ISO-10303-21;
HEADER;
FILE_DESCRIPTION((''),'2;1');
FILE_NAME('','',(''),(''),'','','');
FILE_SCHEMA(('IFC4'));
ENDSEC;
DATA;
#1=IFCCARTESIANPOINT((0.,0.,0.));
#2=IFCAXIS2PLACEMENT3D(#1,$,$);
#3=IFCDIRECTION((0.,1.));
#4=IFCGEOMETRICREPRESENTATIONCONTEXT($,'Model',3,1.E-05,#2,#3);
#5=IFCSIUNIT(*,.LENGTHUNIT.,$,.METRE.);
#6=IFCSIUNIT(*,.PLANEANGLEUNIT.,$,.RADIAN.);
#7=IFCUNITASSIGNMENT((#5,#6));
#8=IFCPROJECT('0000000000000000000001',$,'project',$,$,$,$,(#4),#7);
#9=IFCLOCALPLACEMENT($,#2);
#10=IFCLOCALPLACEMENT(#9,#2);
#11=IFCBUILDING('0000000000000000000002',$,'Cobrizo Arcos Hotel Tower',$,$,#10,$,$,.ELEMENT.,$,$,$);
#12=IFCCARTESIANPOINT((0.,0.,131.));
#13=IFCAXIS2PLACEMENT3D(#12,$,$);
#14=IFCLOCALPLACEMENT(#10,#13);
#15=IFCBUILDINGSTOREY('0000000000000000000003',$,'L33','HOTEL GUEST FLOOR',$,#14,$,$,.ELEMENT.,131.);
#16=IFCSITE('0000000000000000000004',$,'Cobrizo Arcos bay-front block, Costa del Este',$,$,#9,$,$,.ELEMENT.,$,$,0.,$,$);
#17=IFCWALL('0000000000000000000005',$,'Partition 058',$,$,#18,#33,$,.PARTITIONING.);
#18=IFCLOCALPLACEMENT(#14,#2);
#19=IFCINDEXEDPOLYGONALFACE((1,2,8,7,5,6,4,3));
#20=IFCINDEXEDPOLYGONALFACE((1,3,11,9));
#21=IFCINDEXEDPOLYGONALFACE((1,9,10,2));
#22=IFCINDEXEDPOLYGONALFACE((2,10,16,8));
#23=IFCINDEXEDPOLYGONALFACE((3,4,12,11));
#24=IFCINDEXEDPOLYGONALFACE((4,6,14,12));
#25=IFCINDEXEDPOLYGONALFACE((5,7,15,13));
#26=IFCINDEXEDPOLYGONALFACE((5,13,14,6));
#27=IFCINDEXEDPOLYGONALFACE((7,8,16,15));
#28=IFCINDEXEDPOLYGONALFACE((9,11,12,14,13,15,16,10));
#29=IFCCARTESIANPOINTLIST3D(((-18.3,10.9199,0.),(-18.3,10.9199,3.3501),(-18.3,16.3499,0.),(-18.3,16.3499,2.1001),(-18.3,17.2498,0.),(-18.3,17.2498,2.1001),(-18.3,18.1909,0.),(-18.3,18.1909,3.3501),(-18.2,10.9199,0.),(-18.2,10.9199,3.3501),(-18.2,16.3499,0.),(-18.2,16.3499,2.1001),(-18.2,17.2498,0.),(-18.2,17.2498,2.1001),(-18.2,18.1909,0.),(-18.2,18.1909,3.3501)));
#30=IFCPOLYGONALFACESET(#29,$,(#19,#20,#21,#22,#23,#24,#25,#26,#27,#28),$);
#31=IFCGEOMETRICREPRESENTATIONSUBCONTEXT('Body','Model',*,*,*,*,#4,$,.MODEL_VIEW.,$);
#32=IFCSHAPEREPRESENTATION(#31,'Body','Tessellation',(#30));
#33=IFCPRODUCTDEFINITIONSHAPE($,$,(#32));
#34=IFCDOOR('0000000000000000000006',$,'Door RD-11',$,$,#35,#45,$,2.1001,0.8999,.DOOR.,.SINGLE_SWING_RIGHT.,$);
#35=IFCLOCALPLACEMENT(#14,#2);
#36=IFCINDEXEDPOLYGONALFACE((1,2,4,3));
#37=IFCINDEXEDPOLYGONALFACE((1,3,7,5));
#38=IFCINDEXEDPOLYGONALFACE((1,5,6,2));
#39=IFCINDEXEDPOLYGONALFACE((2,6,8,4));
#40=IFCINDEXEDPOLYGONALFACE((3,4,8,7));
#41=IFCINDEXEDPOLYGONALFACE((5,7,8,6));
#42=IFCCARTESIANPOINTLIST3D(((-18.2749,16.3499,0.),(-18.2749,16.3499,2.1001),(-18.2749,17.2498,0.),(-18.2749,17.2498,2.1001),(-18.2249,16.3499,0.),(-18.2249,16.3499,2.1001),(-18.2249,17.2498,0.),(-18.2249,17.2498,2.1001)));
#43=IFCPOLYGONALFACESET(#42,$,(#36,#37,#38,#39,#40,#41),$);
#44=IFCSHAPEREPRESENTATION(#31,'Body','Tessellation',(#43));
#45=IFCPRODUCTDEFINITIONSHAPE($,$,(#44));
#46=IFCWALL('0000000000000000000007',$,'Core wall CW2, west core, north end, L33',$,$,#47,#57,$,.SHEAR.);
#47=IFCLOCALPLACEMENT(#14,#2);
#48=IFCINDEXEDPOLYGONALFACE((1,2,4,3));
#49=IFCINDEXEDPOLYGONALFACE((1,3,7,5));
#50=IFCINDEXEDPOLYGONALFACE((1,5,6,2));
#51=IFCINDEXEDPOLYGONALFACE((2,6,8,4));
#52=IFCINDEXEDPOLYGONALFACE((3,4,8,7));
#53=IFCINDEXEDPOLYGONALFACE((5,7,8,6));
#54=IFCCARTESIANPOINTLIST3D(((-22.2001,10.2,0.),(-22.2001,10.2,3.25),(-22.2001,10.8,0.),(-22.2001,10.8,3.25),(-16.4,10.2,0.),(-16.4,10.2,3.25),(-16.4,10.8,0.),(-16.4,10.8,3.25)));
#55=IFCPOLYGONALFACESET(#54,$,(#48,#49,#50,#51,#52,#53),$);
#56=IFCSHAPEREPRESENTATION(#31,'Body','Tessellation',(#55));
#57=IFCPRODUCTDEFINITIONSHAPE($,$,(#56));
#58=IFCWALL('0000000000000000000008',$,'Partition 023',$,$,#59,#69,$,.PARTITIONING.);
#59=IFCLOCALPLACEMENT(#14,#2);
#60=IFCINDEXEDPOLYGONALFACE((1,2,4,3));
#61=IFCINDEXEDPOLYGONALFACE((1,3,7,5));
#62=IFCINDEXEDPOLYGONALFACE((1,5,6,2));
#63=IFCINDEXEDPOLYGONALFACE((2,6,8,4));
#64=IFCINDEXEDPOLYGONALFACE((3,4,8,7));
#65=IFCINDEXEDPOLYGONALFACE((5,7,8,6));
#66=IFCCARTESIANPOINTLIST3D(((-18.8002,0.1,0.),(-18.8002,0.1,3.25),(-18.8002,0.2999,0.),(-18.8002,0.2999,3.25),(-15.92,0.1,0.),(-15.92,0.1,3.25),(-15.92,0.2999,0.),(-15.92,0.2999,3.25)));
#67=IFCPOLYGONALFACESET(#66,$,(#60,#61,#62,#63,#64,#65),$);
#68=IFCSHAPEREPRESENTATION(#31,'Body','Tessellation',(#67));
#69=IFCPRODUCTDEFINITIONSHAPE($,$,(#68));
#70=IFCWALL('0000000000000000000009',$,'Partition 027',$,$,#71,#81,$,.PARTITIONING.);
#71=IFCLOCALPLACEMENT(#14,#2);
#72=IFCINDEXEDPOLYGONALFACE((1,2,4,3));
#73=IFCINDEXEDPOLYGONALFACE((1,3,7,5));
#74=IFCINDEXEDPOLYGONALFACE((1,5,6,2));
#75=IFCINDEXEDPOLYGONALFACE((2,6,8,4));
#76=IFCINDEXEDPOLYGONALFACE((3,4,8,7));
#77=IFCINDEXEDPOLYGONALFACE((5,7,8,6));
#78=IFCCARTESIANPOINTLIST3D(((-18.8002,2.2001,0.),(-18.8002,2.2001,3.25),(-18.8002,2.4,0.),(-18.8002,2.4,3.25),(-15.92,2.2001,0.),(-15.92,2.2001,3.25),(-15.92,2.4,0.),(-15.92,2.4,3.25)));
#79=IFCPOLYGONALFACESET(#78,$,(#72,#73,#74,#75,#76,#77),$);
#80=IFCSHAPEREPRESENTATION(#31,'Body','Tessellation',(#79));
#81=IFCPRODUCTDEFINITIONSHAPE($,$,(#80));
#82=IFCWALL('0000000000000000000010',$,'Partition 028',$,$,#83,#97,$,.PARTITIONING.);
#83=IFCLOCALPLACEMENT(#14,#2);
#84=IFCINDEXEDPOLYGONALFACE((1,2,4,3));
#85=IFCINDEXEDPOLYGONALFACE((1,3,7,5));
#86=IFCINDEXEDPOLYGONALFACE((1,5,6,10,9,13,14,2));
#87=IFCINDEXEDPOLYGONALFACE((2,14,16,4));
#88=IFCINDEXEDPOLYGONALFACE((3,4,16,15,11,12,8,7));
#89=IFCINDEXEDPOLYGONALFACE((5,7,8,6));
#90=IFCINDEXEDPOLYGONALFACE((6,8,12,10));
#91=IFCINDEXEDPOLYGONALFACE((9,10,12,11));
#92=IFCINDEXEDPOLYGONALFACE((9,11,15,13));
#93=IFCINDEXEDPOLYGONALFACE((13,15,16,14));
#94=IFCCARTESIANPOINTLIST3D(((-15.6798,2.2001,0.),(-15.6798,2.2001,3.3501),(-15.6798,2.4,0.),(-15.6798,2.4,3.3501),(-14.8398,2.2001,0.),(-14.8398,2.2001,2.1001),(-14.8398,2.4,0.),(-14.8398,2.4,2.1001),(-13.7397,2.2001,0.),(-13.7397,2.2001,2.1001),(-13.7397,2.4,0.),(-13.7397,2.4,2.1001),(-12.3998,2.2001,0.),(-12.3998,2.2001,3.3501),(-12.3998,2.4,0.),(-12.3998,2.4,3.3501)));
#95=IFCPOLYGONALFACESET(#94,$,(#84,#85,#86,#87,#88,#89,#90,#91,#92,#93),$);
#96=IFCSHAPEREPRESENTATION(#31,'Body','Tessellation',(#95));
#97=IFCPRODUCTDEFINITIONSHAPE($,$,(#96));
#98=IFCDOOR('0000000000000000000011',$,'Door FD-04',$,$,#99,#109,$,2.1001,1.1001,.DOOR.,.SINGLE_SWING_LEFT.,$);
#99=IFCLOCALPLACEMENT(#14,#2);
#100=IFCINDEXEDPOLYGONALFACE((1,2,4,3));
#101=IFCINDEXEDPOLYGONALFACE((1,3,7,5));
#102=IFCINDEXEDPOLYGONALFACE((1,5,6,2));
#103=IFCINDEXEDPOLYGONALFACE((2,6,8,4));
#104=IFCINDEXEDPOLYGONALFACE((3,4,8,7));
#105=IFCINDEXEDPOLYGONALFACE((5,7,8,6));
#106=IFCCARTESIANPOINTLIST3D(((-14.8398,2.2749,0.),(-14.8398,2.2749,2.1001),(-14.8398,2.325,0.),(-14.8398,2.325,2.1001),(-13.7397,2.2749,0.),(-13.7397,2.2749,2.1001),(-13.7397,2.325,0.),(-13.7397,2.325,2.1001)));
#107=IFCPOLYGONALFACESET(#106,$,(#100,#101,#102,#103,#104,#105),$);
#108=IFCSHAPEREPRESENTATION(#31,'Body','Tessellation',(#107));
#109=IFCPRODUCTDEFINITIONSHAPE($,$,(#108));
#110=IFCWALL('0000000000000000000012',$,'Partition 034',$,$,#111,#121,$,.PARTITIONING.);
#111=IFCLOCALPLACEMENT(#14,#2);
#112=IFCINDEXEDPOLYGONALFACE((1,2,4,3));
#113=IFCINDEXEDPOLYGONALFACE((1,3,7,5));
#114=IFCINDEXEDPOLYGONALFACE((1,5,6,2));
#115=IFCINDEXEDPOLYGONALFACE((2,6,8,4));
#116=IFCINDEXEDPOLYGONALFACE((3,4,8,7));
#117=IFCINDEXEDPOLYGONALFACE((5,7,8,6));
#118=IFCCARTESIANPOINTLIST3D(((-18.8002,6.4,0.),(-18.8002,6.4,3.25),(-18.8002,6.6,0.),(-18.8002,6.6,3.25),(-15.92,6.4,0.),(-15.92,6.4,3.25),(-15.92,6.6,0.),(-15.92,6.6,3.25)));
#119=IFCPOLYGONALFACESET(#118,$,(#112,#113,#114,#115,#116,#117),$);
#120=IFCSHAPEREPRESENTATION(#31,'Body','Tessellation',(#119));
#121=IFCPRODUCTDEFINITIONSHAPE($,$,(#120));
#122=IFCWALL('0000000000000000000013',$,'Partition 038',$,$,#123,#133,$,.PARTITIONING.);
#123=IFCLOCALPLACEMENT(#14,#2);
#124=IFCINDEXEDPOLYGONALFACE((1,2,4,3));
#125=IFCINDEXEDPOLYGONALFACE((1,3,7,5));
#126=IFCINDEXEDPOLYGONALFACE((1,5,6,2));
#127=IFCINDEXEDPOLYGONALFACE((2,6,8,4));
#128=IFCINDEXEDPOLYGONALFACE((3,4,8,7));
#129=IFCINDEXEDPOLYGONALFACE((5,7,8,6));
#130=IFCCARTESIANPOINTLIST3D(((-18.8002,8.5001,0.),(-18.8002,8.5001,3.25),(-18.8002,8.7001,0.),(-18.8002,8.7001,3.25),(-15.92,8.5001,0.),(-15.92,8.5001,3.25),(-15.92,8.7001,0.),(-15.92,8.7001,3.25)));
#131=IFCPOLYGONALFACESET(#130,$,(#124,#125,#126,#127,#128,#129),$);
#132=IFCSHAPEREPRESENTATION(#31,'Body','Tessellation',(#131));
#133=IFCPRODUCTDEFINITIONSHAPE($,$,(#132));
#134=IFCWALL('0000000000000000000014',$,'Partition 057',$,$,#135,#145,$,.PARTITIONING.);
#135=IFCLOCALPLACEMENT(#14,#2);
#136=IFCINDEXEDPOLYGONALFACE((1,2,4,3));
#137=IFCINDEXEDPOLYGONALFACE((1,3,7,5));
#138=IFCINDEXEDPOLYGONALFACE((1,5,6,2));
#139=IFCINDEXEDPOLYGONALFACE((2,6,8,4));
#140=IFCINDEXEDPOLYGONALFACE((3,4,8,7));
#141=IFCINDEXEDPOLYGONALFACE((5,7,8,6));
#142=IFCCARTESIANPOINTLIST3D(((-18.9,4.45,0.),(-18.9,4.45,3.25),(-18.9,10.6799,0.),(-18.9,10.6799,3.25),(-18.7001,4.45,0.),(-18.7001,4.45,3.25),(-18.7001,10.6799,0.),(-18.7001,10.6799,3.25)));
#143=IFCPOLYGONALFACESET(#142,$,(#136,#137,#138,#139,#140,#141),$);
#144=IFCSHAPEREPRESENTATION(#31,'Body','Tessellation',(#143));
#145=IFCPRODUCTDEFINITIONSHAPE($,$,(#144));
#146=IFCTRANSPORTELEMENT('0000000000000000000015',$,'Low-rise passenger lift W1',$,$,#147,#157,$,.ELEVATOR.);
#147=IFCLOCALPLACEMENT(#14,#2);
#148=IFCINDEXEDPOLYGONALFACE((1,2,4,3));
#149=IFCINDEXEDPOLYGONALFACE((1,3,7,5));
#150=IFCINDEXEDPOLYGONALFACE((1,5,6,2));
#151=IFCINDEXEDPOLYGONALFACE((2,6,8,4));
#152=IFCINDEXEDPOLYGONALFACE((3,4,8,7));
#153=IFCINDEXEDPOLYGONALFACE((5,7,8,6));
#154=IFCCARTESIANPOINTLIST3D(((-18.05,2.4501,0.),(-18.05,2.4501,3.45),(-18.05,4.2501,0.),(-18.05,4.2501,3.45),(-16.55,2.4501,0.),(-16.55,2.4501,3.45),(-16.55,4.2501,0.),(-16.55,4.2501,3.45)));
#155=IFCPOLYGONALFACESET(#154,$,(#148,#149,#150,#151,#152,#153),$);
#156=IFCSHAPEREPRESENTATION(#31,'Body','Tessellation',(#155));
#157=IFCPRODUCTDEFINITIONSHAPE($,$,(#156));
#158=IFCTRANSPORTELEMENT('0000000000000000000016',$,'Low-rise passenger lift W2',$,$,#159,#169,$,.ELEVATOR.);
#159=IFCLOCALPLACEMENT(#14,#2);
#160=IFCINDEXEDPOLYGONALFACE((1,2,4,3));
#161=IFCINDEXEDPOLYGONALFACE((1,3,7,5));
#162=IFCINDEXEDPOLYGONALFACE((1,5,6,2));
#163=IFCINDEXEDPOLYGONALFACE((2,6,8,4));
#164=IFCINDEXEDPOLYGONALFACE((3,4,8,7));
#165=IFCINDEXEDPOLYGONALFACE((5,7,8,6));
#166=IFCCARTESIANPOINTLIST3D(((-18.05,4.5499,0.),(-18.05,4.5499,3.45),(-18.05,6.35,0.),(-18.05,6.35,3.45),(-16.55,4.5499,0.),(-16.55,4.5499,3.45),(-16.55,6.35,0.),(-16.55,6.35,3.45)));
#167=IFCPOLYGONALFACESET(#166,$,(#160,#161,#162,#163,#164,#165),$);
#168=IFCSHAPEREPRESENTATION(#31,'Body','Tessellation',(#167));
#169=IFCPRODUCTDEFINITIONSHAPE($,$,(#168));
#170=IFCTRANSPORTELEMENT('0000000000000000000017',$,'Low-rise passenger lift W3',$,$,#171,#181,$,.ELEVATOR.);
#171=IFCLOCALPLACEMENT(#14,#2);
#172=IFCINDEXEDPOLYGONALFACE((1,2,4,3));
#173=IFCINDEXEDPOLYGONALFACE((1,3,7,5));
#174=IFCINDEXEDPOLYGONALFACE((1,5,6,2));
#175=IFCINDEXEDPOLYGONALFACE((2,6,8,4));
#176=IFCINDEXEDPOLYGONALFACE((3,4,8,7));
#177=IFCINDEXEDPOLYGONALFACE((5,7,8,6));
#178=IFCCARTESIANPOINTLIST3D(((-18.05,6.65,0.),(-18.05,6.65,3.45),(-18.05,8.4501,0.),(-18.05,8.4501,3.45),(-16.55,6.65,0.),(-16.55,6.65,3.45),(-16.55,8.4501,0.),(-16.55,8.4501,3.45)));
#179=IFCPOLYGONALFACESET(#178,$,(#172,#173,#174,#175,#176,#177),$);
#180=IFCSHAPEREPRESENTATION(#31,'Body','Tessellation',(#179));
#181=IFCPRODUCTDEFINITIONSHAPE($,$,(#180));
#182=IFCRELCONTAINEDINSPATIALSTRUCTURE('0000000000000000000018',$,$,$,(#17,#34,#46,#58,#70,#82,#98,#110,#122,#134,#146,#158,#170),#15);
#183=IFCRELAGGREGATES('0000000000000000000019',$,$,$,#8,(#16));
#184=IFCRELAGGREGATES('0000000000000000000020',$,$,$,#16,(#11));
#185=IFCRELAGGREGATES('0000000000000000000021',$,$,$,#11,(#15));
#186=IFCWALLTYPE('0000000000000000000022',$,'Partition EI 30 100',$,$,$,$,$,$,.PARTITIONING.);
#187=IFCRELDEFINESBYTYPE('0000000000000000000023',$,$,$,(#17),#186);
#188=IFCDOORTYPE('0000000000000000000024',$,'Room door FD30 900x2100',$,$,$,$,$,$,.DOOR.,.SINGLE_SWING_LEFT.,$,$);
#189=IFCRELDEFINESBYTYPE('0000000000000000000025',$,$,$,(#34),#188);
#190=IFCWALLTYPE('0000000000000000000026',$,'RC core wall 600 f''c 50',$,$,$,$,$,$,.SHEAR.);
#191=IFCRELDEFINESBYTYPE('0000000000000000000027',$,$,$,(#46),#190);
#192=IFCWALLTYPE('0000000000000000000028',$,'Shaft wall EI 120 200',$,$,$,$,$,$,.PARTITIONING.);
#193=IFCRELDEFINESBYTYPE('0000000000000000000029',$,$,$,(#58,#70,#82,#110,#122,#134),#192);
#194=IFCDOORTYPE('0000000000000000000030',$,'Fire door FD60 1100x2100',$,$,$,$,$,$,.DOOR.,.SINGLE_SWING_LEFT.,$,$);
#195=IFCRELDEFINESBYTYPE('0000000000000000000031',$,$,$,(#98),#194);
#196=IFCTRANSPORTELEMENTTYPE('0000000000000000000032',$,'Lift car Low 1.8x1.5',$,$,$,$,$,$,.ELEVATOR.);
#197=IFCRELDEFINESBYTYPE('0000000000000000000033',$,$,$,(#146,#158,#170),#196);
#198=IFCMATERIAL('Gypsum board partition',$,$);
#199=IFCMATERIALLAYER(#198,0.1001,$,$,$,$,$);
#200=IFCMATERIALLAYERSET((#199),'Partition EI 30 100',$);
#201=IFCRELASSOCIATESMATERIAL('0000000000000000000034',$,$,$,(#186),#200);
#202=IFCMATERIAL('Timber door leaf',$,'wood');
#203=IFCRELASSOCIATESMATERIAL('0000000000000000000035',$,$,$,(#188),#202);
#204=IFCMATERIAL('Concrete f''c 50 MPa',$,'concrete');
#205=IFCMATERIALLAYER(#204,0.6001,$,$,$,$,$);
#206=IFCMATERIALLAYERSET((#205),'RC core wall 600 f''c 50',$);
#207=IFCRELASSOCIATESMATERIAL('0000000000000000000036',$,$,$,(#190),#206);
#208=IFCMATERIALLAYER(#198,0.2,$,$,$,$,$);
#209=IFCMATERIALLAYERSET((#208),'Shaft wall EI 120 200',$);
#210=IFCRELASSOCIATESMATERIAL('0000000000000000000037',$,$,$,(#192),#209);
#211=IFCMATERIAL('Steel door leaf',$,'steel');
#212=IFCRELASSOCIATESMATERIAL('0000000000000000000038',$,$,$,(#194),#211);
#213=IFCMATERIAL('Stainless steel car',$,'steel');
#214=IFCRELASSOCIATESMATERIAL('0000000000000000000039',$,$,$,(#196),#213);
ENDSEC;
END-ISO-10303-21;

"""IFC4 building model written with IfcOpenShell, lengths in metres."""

from ifc_helpers import new_model, si_unit, direction, frame, frame_2d, origin, origin_2d, place, context, subcontext, project, spatial, rectangle, extrude, material, layer, layer_set, type_object, element, fill, save


model = new_model("IFC4")

# Units and contexts
model_context = context("Model", 3, precision=1e-05, world=origin(), true_north=direction((0.0, 1.0)))
body_context = subcontext(model_context, "Body", "Model", "MODEL_VIEW")
ifc_project = project(units=[si_unit("LENGTHUNIT", "METRE"), si_unit("PLANEANGLEUNIT", "RADIAN")], contexts=[model_context])

# Site, building, storey
site_placement = place(None, origin())
site = spatial("IfcSite", under=ifc_project, at=site_placement, Name="Cobrizo Arcos bay-front block, Costa del Este", CompositionType="ELEMENT", RefElevation=0.0)
building_placement = place(site_placement, origin())
building = spatial("IfcBuilding", under=site, at=building_placement, Name="Cobrizo Arcos Hotel Tower", CompositionType="ELEMENT")
storey_placement = place(building_placement, frame((0.0, 0.0, 131.0)))
storey = spatial("IfcBuildingStorey", under=building, at=storey_placement, Name="L33", Description="HOTEL GUEST FLOOR", CompositionType="ELEMENT", Elevation=131.0)

# Shared definitions
ifc_material_1 = material(Name="Gypsum board partition")

# Shared definitions
ifc_material_2 = material(Name="Timber door leaf", Category="wood")

# Wall, opening, door
ifc_layer_1 = layer(ifc_material_1, 0.1001)
ifc_layer_set_1 = layer_set([ifc_layer_1], Name="Partition EI 30 100")
wall_type_1 = type_object("IfcWallType", Name="Partition EI 30 100", PredefinedType="PARTITIONING", material=ifc_layer_set_1)
door_type_1 = type_object("IfcDoorType", Name="Room door FD30 900x2100", OperationType="SINGLE_SWING_LEFT", PredefinedType="DOOR", material=ifc_material_2)
wall_1_placement = place(storey_placement, frame((-18.25, 10.9199, 0.0), z_axis=(0.0, 0.0, 1.0), x_axis=(0.0, 1.0, 0.0)))
wall_1 = element("IfcWall", 1, at=wall_1_placement, inside=storey, type_object=wall_type_1, Name="Partition 058", PredefinedType="PARTITIONING", context=body_context, shape_type="SweptSolid", body=[
    extrude(rectangle(XDim=7.271, YDim=0.1001, at=frame_2d((3.6355, 0.0))), origin(), (0.0, 0.0, 1.0), 3.3501),
])
opening_1_placement = place(wall_1_placement, frame((5.4299, 0.0, 0.0)))
opening_1 = element("IfcOpeningElement", 2, at=opening_1_placement, cuts=wall_1, PredefinedType="OPENING", context=body_context, shape_type="SweptSolid", body=[
    extrude(rectangle(XDim=0.8999, YDim=2.1001, at=frame_2d((0.45, 1.05))), frame((0.0, 0.062, 0.0), z_axis=(0.0, -1.0, 0.0), x_axis=(1.0, 0.0, 0.0)), (0.0, 0.0, 1.0), 0.124),
])
door_1_placement = place(opening_1_placement, origin())
door_1 = element("IfcDoor", 3, at=door_1_placement, inside=storey, type_object=door_type_1, Name="Door RD-11", OperationType="SINGLE_SWING_RIGHT", OverallHeight=2.1001, OverallWidth=0.8999, PredefinedType="DOOR", context=body_context, shape_type="SweptSolid", body=[
    extrude(rectangle(XDim=0.8999, YDim=2.1001, at=frame_2d((0.45, 1.05))), frame((0.0, 0.0249, 0.0), z_axis=(0.0, -1.0, 0.0), x_axis=(1.0, 0.0, 0.0)), (0.0, 0.0, 1.0), 0.05),
])
fill(opening_1, door_1)

# Walls
ifc_material_3 = material(Name="Concrete f'c 50 MPa", Category="concrete")
ifc_layer_2 = layer(ifc_material_3, 0.6001)
ifc_layer_set_2 = layer_set([ifc_layer_2], Name="RC core wall 600 f'c 50")
wall_type_2 = type_object("IfcWallType", Name="RC core wall 600 f'c 50", PredefinedType="SHEAR", material=ifc_layer_set_2)
wall_2_placement = place(storey_placement, frame((-22.2, 10.5, 0.0), z_axis=(0.0, 0.0, 1.0), x_axis=(1.0, 0.0, 0.0)))
element("IfcWall", 4, at=wall_2_placement, inside=storey, type_object=wall_type_2, Name="Core wall CW2, west core, north end, L33", PredefinedType="SHEAR", context=body_context, shape_type="SweptSolid", body=[
    extrude(rectangle(XDim=5.8, YDim=0.6001, at=frame_2d((2.8999, 0.0))), origin(), (0.0, 0.0, 1.0), 3.25),
])
ifc_layer_3 = layer(ifc_material_1, 0.2)
ifc_layer_set_3 = layer_set([ifc_layer_3], Name="Shaft wall EI 120 200")
wall_type_3 = type_object("IfcWallType", Name="Shaft wall EI 120 200", PredefinedType="PARTITIONING", material=ifc_layer_set_3)
for number, where, z_axis, x_axis, name in (
    (5, (-18.8, 0.2, 0.0), (0.0, 0.0, 1.0), (1.0, 0.0, 0.0), "Partition 023"),
    (6, (-18.8, 2.3, 0.0), (0.0, 0.0, 1.0), (1.0, 0.0, 0.0), "Partition 027"),
):
    element("IfcWall", number, at=place(storey_placement, frame(where, z_axis=z_axis, x_axis=x_axis)), inside=storey, type_object=wall_type_3, Name=name, PredefinedType="PARTITIONING", context=body_context, shape_type="SweptSolid", body=[
        extrude(rectangle(XDim=2.8801, YDim=0.2, at=frame_2d((1.4399, 0.0))), origin(), (0.0, 0.0, 1.0), 3.25),
    ])

# Wall, opening, door
wall_3_placement = place(storey_placement, frame((-15.6799, 2.3, 0.0), z_axis=(0.0, 0.0, 1.0), x_axis=(1.0, 0.0, 0.0)))
wall_3 = element("IfcWall", 7, at=wall_3_placement, inside=storey, type_object=wall_type_3, Name="Partition 028", PredefinedType="PARTITIONING", context=body_context, shape_type="SweptSolid", body=[
    extrude(rectangle(XDim=3.28, YDim=0.2, at=frame_2d((1.6401, 0.0))), origin(), (0.0, 0.0, 1.0), 3.3501),
])
opening_2_placement = place(wall_3_placement, frame((0.8401, 0.0, 0.0)))
opening_2 = element("IfcOpeningElement", 8, at=opening_2_placement, cuts=wall_3, PredefinedType="OPENING", context=body_context, shape_type="SweptSolid", body=[
    extrude(rectangle(XDim=1.1001, YDim=2.1001, at=frame_2d((0.55, 1.05))), frame((0.0, 0.1121, 0.0), z_axis=(0.0, -1.0, 0.0), x_axis=(1.0, 0.0, 0.0)), (0.0, 0.0, 1.0), 0.2239),
])
ifc_material_4 = material(Name="Steel door leaf", Category="steel")
door_type_2 = type_object("IfcDoorType", Name="Fire door FD60 1100x2100", OperationType="SINGLE_SWING_LEFT", PredefinedType="DOOR", material=ifc_material_4)
door_2_placement = place(opening_2_placement, origin())
door_2 = element("IfcDoor", 9, at=door_2_placement, inside=storey, type_object=door_type_2, Name="Door FD-04", OperationType="SINGLE_SWING_LEFT", OverallHeight=2.1001, OverallWidth=1.1001, PredefinedType="DOOR", context=body_context, shape_type="SweptSolid", body=[
    extrude(rectangle(XDim=1.1001, YDim=2.1001, at=frame_2d((0.55, 1.05))), frame((0.0, 0.0249, 0.0), z_axis=(0.0, -1.0, 0.0), x_axis=(1.0, 0.0, 0.0)), (0.0, 0.0, 1.0), 0.05),
])
fill(opening_2, door_2)

# Walls
for number, where, z_axis, x_axis, name in (
    (10, (-18.8, 6.5, 0.0), (0.0, 0.0, 1.0), (1.0, 0.0, 0.0), "Partition 034"),
    (11, (-18.8, 8.6001, 0.0), (0.0, 0.0, 1.0), (1.0, 0.0, 0.0), "Partition 038"),
):
    element("IfcWall", number, at=place(storey_placement, frame(where, z_axis=z_axis, x_axis=x_axis)), inside=storey, type_object=wall_type_3, Name=name, PredefinedType="PARTITIONING", context=body_context, shape_type="SweptSolid", body=[
        extrude(rectangle(XDim=2.8801, YDim=0.2, at=frame_2d((1.4399, 0.0))), origin(), (0.0, 0.0, 1.0), 3.25),
    ])
wall_4_placement = place(storey_placement, frame((-18.8, 4.45, 0.0), z_axis=(0.0, 0.0, 1.0), x_axis=(0.0, 1.0, 0.0)))
element("IfcWall", 12, at=wall_4_placement, inside=storey, type_object=wall_type_3, Name="Partition 057", PredefinedType="PARTITIONING", context=body_context, shape_type="SweptSolid", body=[
    extrude(rectangle(XDim=6.23, YDim=0.2, at=frame_2d((3.115, 0.0))), origin(), (0.0, 0.0, 1.0), 3.25),
])

# Transport elements
ifc_material_5 = material(Name="Stainless steel car", Category="steel")
transport_element_type = type_object("IfcTransportElementType", Name="Lift car Low 1.8x1.5", PredefinedType="ELEVATOR", material=ifc_material_5)
for number, where, z_axis, x_axis, name in (
    (13, (-17.3, 3.3501, 0.0), (0.0, 0.0, 1.0), (1.0, 0.0, 0.0), "Low-rise passenger lift W1"),
    (14, (-17.3, 5.45, 0.0), (0.0, 0.0, 1.0), (1.0, 0.0, 0.0), "Low-rise passenger lift W2"),
    (15, (-17.3, 7.55, 0.0), (0.0, 0.0, 1.0), (1.0, 0.0, 0.0), "Low-rise passenger lift W3"),
):
    element("IfcTransportElement", number, at=place(storey_placement, frame(where, z_axis=z_axis, x_axis=x_axis)), inside=storey, type_object=transport_element_type, Name=name, PredefinedType="ELEVATOR", context=body_context, shape_type="SweptSolid", body=[
        extrude(rectangle(XDim=1.5, YDim=1.8, at=origin_2d()), origin(), (0.0, 0.0, 1.0), 3.45),
    ])

save(model, "model.ifc")
